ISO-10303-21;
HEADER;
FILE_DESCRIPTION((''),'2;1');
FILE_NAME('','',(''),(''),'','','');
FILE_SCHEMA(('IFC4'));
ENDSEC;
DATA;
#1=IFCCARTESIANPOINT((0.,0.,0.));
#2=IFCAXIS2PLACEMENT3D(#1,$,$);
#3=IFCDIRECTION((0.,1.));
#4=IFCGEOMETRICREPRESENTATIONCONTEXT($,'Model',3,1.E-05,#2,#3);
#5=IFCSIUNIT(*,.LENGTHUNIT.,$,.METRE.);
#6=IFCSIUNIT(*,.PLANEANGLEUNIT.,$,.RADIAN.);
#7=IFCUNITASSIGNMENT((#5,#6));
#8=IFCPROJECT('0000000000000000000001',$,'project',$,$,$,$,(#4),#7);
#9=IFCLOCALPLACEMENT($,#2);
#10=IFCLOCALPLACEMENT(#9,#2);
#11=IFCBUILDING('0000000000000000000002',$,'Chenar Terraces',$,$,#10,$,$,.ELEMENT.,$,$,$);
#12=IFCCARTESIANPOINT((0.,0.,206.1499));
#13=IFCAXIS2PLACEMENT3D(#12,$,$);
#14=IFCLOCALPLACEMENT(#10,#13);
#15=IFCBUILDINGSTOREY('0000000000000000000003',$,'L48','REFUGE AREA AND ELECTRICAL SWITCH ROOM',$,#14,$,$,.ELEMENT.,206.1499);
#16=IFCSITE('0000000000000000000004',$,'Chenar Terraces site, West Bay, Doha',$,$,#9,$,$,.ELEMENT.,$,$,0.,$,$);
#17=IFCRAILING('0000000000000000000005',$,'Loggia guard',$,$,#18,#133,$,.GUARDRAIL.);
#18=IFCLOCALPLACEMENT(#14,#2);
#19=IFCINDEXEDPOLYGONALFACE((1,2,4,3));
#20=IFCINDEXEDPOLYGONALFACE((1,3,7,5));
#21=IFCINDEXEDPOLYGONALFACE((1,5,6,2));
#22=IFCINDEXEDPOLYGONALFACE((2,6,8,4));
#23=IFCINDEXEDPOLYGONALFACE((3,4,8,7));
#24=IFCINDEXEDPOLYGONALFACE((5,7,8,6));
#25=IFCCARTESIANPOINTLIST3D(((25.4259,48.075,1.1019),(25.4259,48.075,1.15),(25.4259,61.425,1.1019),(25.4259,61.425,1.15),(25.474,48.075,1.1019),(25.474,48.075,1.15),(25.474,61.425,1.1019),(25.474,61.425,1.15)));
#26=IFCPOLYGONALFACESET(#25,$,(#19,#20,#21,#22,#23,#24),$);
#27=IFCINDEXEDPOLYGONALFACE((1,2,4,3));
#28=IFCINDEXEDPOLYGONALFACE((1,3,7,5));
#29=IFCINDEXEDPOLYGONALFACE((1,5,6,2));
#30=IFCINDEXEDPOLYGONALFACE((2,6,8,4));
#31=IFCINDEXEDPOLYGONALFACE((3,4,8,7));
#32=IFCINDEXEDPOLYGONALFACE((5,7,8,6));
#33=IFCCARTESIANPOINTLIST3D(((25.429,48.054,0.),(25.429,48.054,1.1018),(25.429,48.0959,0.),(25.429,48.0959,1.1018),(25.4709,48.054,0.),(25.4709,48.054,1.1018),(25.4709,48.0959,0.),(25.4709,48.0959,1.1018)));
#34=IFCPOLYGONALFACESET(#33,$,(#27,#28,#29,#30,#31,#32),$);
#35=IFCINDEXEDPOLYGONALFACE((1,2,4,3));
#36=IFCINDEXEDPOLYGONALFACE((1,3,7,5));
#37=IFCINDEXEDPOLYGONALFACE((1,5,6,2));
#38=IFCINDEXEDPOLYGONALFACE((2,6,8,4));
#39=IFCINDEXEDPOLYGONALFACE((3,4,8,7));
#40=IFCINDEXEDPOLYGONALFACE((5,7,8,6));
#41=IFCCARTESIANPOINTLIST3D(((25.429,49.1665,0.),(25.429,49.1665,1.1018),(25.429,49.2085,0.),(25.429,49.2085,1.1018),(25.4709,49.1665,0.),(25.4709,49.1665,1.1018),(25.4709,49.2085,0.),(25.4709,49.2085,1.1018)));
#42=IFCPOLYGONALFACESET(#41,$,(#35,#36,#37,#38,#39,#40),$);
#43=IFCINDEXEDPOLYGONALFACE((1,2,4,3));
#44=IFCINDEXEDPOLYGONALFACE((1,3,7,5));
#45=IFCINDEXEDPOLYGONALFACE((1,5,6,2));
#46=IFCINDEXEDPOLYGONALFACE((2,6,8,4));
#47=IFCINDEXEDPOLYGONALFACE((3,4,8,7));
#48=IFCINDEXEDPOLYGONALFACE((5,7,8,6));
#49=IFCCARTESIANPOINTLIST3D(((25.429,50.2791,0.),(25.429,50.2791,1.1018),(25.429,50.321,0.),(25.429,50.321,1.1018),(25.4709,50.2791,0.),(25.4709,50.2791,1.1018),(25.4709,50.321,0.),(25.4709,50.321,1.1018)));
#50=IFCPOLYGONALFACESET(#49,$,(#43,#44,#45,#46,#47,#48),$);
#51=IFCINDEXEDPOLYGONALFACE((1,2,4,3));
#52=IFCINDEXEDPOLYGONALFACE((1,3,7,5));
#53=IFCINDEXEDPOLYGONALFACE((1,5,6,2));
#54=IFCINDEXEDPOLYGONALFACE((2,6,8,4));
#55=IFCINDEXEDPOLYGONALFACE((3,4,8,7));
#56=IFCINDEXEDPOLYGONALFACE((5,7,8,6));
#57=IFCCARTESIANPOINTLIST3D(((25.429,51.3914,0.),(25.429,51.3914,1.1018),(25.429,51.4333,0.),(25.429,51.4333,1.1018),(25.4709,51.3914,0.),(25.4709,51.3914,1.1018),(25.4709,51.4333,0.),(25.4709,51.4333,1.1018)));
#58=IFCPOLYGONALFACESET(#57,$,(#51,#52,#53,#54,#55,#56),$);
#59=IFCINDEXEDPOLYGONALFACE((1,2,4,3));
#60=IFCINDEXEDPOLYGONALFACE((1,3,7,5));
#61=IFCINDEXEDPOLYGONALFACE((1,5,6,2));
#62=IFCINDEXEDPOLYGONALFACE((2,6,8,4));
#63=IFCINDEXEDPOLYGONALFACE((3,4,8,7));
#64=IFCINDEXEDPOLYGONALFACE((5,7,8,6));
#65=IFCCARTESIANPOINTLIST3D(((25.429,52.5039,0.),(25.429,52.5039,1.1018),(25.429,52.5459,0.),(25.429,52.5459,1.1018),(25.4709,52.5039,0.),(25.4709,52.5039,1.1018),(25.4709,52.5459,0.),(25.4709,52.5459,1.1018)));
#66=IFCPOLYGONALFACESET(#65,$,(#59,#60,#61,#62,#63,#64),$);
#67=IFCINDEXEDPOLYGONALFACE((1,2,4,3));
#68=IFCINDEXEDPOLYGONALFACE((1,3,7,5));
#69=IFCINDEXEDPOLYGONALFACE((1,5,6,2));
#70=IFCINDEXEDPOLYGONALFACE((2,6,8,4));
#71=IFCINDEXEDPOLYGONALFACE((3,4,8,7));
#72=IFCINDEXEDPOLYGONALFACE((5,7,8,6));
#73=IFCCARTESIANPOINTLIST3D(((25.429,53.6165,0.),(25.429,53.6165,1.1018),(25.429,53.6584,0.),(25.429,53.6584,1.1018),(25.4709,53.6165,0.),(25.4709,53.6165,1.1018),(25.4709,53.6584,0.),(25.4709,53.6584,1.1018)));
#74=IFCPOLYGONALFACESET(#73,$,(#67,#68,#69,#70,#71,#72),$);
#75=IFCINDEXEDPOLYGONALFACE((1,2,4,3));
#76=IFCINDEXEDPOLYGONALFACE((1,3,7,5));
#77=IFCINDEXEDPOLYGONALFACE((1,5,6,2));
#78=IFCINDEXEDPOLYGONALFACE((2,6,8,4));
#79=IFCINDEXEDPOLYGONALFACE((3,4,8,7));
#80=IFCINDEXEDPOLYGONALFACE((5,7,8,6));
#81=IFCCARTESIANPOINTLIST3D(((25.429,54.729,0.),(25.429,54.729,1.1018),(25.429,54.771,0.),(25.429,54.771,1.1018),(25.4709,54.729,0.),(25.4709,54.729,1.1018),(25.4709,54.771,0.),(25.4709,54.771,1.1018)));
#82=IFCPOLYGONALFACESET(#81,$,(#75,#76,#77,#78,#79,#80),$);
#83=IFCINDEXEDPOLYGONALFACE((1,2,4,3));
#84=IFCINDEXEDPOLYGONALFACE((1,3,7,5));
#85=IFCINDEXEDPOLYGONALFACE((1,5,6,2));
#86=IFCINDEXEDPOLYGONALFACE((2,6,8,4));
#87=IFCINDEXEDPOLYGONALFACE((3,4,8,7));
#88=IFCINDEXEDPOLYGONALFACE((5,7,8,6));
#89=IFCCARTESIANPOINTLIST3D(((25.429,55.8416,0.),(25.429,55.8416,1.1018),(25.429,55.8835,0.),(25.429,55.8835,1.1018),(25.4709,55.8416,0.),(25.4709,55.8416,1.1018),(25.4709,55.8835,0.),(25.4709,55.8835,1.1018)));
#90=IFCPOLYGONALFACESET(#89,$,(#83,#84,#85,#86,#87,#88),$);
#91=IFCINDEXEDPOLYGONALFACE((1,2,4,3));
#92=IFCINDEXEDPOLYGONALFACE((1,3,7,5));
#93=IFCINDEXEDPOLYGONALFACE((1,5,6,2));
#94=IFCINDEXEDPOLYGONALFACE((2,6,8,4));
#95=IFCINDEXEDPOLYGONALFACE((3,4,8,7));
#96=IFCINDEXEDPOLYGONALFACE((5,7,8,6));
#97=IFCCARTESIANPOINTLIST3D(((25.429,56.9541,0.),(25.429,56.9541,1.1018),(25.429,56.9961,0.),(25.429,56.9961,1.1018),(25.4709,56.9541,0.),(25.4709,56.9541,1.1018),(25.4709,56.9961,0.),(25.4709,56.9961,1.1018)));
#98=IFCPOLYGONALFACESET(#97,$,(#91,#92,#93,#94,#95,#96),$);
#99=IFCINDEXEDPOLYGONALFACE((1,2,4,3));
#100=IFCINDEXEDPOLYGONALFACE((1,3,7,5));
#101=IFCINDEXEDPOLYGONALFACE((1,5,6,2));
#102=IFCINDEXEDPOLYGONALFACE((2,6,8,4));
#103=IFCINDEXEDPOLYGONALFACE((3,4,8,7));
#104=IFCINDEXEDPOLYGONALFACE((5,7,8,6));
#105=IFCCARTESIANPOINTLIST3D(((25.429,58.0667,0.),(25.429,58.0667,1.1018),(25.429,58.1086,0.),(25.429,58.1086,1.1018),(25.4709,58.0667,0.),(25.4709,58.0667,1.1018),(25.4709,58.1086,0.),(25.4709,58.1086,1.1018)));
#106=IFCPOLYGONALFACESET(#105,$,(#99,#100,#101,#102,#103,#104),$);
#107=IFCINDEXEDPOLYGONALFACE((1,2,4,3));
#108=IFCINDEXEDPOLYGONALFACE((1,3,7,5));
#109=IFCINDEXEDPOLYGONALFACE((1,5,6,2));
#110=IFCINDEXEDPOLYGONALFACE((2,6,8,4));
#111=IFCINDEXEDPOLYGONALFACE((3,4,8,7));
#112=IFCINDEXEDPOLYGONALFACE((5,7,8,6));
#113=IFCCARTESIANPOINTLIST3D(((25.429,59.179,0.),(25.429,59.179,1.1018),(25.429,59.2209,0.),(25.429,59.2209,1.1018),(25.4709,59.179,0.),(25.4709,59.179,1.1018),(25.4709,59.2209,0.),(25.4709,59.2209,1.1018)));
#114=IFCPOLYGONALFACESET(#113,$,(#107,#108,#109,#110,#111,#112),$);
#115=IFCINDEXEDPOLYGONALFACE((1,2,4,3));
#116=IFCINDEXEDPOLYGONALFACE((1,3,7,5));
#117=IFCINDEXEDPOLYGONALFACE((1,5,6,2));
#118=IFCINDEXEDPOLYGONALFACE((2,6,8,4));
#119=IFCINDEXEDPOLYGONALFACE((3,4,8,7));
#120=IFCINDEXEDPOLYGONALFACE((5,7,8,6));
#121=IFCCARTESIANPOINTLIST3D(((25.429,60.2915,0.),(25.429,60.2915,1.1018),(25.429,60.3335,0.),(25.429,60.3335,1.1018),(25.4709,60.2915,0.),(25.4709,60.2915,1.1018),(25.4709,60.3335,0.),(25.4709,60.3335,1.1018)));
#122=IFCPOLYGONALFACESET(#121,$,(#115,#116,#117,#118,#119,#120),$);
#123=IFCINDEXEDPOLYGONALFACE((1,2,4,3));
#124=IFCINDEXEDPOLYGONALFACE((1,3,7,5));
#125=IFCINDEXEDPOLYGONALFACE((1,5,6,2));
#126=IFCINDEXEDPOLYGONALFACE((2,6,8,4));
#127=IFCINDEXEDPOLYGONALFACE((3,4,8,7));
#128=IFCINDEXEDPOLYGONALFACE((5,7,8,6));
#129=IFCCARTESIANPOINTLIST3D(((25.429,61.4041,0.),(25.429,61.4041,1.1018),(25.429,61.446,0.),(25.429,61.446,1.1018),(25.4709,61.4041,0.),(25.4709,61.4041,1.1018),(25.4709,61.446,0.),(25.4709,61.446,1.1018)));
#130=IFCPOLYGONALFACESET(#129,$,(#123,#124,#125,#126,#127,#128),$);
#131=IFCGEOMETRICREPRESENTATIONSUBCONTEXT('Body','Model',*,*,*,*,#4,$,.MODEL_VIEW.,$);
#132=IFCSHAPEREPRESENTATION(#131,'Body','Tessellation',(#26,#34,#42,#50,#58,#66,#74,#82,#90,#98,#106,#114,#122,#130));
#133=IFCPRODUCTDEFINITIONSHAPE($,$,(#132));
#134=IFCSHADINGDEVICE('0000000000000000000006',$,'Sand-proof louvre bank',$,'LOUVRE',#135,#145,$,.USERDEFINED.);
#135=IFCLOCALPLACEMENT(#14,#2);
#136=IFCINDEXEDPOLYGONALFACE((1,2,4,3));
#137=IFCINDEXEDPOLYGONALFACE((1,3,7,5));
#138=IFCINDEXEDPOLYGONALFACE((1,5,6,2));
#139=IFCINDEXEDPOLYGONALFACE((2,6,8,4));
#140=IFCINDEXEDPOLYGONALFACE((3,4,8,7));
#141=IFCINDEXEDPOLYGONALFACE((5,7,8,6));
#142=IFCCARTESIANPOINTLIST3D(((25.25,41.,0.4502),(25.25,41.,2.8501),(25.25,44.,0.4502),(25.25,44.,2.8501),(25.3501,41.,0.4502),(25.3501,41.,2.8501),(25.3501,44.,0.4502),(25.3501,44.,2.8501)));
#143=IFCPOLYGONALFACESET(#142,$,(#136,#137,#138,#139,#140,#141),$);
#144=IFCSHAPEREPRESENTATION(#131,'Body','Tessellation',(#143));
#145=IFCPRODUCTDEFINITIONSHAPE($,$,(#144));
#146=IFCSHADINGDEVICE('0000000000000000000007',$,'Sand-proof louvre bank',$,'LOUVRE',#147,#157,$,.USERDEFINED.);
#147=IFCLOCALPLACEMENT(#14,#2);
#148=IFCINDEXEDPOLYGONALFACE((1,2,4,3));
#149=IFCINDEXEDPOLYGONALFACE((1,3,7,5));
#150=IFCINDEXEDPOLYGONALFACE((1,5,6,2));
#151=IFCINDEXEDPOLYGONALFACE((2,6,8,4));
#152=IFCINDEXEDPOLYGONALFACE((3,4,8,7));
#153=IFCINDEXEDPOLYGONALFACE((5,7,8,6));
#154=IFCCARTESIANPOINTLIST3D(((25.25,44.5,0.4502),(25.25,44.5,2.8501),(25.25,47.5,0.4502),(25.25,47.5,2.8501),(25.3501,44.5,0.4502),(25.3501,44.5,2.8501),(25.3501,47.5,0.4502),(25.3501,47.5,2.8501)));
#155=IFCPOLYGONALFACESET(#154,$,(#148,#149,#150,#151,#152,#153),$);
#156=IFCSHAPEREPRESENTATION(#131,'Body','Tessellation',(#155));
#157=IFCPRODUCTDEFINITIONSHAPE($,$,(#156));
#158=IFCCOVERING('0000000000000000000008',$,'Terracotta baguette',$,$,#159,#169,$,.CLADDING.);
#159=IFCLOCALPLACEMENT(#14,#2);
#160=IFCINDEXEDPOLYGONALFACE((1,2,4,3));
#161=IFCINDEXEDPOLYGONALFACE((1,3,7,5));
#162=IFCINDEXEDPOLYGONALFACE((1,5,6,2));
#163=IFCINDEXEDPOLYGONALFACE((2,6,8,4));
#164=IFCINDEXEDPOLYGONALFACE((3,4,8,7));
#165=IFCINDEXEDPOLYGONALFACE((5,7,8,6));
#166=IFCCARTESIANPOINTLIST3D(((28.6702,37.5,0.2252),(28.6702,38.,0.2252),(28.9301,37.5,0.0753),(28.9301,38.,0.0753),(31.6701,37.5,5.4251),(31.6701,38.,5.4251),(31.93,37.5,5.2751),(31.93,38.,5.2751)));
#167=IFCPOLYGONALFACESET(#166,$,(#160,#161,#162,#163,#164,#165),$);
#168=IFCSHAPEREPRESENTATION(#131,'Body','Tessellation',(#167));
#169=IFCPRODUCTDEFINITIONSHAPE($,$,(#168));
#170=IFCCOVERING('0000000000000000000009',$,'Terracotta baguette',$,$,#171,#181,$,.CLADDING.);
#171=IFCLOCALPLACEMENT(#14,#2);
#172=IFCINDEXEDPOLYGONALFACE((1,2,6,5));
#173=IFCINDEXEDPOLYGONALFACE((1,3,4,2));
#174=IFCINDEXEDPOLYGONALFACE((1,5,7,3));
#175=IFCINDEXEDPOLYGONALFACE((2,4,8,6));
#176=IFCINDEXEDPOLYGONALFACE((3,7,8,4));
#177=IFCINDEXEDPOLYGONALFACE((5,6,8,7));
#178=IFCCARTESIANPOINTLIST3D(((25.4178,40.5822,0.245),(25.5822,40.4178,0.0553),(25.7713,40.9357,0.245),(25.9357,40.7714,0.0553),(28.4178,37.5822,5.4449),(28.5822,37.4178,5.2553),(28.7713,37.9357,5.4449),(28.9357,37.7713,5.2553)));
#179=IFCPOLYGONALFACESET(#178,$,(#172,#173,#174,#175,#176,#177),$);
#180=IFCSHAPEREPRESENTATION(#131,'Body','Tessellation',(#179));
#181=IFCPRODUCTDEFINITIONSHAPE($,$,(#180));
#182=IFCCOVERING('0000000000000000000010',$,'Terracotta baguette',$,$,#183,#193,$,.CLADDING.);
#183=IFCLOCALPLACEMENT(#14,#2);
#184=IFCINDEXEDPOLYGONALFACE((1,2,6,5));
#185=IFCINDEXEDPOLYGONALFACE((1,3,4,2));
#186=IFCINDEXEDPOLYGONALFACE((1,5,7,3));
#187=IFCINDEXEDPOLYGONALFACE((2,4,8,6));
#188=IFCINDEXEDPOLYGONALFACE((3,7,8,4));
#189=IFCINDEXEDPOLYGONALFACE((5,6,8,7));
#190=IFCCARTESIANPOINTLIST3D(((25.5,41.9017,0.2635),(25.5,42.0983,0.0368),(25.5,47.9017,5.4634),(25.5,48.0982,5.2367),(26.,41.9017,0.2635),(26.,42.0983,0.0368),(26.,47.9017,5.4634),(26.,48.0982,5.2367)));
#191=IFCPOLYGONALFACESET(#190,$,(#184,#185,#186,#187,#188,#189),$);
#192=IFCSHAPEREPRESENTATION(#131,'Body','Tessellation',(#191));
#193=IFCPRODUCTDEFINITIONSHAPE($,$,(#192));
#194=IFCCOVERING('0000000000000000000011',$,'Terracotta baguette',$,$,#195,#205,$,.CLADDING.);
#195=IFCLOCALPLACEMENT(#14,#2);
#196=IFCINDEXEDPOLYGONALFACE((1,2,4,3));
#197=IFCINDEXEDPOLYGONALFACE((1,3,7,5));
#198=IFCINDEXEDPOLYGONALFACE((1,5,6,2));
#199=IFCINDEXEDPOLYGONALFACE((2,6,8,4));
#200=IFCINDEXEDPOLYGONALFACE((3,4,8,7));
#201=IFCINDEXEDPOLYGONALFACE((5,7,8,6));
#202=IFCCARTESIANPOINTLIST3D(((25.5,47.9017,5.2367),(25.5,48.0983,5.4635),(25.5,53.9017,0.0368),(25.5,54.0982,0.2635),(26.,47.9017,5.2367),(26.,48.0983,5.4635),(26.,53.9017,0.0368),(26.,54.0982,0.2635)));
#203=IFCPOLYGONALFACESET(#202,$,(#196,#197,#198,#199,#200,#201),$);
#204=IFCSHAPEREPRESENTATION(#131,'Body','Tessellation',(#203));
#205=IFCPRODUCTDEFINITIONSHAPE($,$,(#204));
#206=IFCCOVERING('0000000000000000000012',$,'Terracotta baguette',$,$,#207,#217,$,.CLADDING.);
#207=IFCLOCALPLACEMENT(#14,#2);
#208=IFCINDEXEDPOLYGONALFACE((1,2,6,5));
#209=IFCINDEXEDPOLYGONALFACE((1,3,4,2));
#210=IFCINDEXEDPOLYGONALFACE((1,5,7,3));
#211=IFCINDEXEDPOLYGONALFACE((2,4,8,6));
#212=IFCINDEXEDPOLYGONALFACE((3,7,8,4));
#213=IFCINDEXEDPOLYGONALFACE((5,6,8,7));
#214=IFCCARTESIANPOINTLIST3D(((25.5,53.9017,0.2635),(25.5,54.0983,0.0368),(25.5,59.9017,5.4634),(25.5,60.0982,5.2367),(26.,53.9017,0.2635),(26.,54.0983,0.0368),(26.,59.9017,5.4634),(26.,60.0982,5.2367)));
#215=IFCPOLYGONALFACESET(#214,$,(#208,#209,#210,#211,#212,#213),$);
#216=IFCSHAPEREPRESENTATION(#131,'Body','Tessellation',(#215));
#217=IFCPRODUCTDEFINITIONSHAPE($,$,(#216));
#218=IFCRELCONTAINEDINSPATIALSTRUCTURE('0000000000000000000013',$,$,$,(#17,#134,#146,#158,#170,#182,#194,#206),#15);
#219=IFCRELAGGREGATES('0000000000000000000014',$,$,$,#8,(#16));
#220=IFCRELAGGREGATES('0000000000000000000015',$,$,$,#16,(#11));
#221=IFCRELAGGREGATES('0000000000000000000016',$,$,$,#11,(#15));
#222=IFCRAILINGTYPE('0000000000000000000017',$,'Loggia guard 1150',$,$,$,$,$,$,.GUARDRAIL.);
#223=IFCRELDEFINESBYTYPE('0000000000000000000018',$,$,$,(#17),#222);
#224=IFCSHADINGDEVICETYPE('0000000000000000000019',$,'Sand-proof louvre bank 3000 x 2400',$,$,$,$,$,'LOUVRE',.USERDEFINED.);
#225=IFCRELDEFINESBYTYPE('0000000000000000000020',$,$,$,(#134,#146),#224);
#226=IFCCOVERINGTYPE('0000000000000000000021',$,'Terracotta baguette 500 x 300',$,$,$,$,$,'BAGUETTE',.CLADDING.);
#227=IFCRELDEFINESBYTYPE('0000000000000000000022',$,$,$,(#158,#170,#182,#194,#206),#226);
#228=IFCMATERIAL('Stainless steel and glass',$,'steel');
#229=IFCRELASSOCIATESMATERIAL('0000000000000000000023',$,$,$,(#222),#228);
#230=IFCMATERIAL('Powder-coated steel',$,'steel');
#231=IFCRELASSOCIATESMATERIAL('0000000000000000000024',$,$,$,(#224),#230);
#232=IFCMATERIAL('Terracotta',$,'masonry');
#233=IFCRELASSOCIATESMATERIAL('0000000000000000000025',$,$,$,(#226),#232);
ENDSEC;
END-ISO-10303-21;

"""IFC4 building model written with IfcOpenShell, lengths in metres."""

from ifc_helpers import new_model, si_unit, direction, frame, origin, origin_2d, place, context, subcontext, project, spatial, rectangle, extrude, material, material_profile, profile_set, type_object, element, save


model = new_model("IFC4")

# Units and contexts
model_context = context("Model", 3, precision=1e-05, world=origin(), true_north=direction((0.0, 1.0)))
body_context = subcontext(model_context, "Body", "Model", "MODEL_VIEW")
ifc_project = project(units=[si_unit("LENGTHUNIT", "METRE"), si_unit("PLANEANGLEUNIT", "RADIAN")], contexts=[model_context])

# Site, building, storey
site_placement = place(None, origin())
site = spatial("IfcSite", under=ifc_project, at=site_placement, Name="Chenar Terraces site, West Bay, Doha", CompositionType="ELEMENT", RefElevation=0.0)
building_placement = place(site_placement, origin())
building = spatial("IfcBuilding", under=site, at=building_placement, Name="Chenar Terraces", CompositionType="ELEMENT")
storey_placement = place(building_placement, frame((0.0, 0.0, 206.1499)))
storey = spatial("IfcBuildingStorey", under=building, at=storey_placement, Name="L48", Description="REFUGE AREA AND ELECTRICAL SWITCH ROOM", CompositionType="ELEMENT", Elevation=206.1499)

# Railing
ifc_material_1 = material(Name="Stainless steel and glass", Category="steel")
railing_type = type_object("IfcRailingType", Name="Loggia guard 1150", PredefinedType="GUARDRAIL", material=ifc_material_1)
railing_placement = place(storey_placement, frame((25.45, 48.075, 0.0)))
element("IfcRailing", 1, at=railing_placement, inside=storey, type_object=railing_type, Name="Loggia guard", PredefinedType="GUARDRAIL", context=body_context, shape_type="SweptSolid", body=[
    extrude(rectangle(XDim=0.0481, YDim=0.0481, at=origin_2d()), frame((0.0, 0.0, 1.126), z_axis=(0.0, 1.0, 0.0), x_axis=(-1.0, 0.0, 0.0)), (0.0, 0.0, 1.0), 13.3501),
    extrude(rectangle(XDim=0.042, YDim=0.042, at=origin_2d()), origin(), (0.0, 0.0, 1.0), 1.1018),
    extrude(rectangle(XDim=0.042, YDim=0.042, at=origin_2d()), frame((0.0, 1.1125, 0.0)), (0.0, 0.0, 1.0), 1.1018),
    extrude(rectangle(XDim=0.042, YDim=0.042, at=origin_2d()), frame((0.0, 2.2251, 0.0)), (0.0, 0.0, 1.0), 1.1018),
    extrude(rectangle(XDim=0.042, YDim=0.042, at=origin_2d()), frame((0.0, 3.3374, 0.0)), (0.0, 0.0, 1.0), 1.1018),
    extrude(rectangle(XDim=0.042, YDim=0.042, at=origin_2d()), frame((0.0, 4.45, 0.0)), (0.0, 0.0, 1.0), 1.1018),
    extrude(rectangle(XDim=0.042, YDim=0.042, at=origin_2d()), frame((0.0, 5.5625, 0.0)), (0.0, 0.0, 1.0), 1.1018),
    extrude(rectangle(XDim=0.042, YDim=0.042, at=origin_2d()), frame((0.0, 6.675, 0.0)), (0.0, 0.0, 1.0), 1.1018),
    extrude(rectangle(XDim=0.042, YDim=0.042, at=origin_2d()), frame((0.0, 7.7876, 0.0)), (0.0, 0.0, 1.0), 1.1018),
    extrude(rectangle(XDim=0.042, YDim=0.042, at=origin_2d()), frame((0.0, 8.9001, 0.0)), (0.0, 0.0, 1.0), 1.1018),
    extrude(rectangle(XDim=0.042, YDim=0.042, at=origin_2d()), frame((0.0, 10.0127, 0.0)), (0.0, 0.0, 1.0), 1.1018),
    extrude(rectangle(XDim=0.042, YDim=0.042, at=origin_2d()), frame((0.0, 11.125, 0.0)), (0.0, 0.0, 1.0), 1.1018),
    extrude(rectangle(XDim=0.042, YDim=0.042, at=origin_2d()), frame((0.0, 12.2375, 0.0)), (0.0, 0.0, 1.0), 1.1018),
    extrude(rectangle(XDim=0.042, YDim=0.042, at=origin_2d()), frame((0.0, 13.3501, 0.0)), (0.0, 0.0, 1.0), 1.1018),
])

# Shading devices
ifc_material_2 = material(Name="Powder-coated steel", Category="steel")
shading_device_type = type_object("IfcShadingDeviceType", Name="Sand-proof louvre bank 3000 x 2400", ElementType="LOUVRE", PredefinedType="USERDEFINED", material=ifc_material_2)
for number, where, z_axis, x_axis, name in (
    (2, (25.3, 42.5, 0.4502), (0.0, 0.0, 1.0), (0.0, 1.0, 0.0), "Sand-proof louvre bank"),
    (3, (25.3, 46.0, 0.4502), (0.0, 0.0, 1.0), (0.0, 1.0, 0.0), "Sand-proof louvre bank"),
):
    element("IfcShadingDevice", number, at=place(storey_placement, frame(where, z_axis=z_axis, x_axis=x_axis)), inside=storey, type_object=shading_device_type, Name=name, ObjectType="LOUVRE", PredefinedType="USERDEFINED", context=body_context, shape_type="SweptSolid", body=[
        extrude(rectangle(XDim=3.0, YDim=0.1001, at=origin_2d()), origin(), (0.0, 0.0, 1.0), 2.3999),
    ])

# Coverings
ifc_material_3 = material(Name="Terracotta", Category="masonry")
ifc_material_profile_1 = material_profile(ifc_material_3, rectangle(XDim=0.5, YDim=0.3, at=origin_2d()), Name="Terracotta baguette 500 x 300")
ifc_profile_set_1 = profile_set([ifc_material_profile_1], Name="Terracotta")
covering_type = type_object("IfcCoveringType", Name="Terracotta baguette 500 x 300", ElementType="BAGUETTE", PredefinedType="CLADDING", material=ifc_profile_set_1)
covering_1_placement = place(storey_placement, frame((31.8, 37.75, 5.3501), z_axis=(-0.499726, 0.0, -0.866184), x_axis=(0.0, -1.0, 0.0)))
element("IfcCovering", 4, at=covering_1_placement, inside=storey, type_object=covering_type, Name="Terracotta baguette", PredefinedType="CLADDING", context=body_context, shape_type="SweptSolid", body=[
    extrude(rectangle(XDim=0.5, YDim=0.3, at=origin_2d()), origin(), (0.0, 0.0, 1.0), 6.0032),
])
covering_2_placement = place(storey_placement, frame((28.6768, 37.6768, 5.3501), z_axis=(-0.447017, 0.447017, -0.774823), x_axis=(-0.707107, -0.707107, 0.0)))
element("IfcCovering", 5, at=covering_2_placement, inside=storey, type_object=covering_type, Name="Terracotta baguette", PredefinedType="CLADDING", context=body_context, shape_type="SweptSolid", body=[
    extrude(rectangle(XDim=0.5, YDim=0.3, at=origin_2d()), origin(), (0.0, 0.0, 1.0), 6.7112),
])
for number, where, z_axis, x_axis, name in (
    (6, (25.75, 42.0, 0.1501), (0.0, 0.755692, 0.654927), (-1.0, 0.0, 0.0), "Terracotta baguette"),
    (7, (25.75, 48.0, 5.3501), (0.0, 0.755692, -0.654927), (-1.0, 0.0, 0.0), "Terracotta baguette"),
    (8, (25.75, 54.0, 0.1501), (0.0, 0.755692, 0.654927), (-1.0, 0.0, 0.0), "Terracotta baguette"),
):
    element("IfcCovering", number, at=place(storey_placement, frame(where, z_axis=z_axis, x_axis=x_axis)), inside=storey, type_object=covering_type, Name=name, PredefinedType="CLADDING", context=body_context, shape_type="SweptSolid", body=[
        extrude(rectangle(XDim=0.5, YDim=0.3, at=origin_2d()), origin(), (0.0, 0.0, 1.0), 7.9397),
    ])

save(model, "model.ifc")
